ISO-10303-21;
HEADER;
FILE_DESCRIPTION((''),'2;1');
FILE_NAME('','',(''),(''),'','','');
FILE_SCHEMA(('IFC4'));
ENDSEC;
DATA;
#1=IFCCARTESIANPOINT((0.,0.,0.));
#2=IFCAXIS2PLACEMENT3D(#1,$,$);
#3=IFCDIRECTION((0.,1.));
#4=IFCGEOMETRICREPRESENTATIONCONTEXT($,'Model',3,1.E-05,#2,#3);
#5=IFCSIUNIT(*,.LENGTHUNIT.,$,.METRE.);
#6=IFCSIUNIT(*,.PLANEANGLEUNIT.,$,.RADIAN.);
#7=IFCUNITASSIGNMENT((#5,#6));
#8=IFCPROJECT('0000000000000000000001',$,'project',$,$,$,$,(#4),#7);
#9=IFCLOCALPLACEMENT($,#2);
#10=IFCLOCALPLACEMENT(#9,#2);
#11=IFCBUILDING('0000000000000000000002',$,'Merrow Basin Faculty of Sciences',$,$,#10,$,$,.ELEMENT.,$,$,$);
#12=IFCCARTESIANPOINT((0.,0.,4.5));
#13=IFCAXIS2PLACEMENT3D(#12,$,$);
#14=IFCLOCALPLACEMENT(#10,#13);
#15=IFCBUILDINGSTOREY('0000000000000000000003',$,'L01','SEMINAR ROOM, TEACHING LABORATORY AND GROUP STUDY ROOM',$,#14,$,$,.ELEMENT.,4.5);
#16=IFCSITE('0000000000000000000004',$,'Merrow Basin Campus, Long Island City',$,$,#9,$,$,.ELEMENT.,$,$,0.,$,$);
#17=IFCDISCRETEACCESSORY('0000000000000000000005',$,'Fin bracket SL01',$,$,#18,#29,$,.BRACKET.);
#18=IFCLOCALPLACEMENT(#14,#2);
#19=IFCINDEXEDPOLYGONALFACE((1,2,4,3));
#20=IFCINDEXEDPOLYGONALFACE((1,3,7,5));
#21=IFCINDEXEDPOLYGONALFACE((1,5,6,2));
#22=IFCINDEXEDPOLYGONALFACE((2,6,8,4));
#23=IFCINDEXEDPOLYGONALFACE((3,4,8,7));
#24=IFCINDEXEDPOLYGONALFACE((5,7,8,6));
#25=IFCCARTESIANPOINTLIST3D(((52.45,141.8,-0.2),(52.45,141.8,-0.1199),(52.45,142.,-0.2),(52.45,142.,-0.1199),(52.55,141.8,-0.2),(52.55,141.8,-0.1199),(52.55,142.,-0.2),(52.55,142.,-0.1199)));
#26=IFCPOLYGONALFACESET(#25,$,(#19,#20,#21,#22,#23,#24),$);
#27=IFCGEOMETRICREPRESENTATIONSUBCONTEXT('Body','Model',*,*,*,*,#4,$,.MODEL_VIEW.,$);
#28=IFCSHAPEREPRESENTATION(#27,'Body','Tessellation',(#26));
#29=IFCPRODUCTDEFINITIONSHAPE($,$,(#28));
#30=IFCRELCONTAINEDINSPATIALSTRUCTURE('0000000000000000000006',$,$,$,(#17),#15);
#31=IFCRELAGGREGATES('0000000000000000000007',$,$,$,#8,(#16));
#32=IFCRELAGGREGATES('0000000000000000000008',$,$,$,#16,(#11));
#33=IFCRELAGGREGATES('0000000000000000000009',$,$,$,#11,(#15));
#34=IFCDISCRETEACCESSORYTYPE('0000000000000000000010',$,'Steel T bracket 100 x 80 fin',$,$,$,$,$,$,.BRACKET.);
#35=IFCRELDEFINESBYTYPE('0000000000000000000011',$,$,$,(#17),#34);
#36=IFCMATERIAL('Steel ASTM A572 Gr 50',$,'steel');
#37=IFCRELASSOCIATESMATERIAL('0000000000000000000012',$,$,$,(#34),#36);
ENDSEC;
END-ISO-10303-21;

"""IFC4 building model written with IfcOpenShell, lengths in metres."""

from ifc_helpers import new_model, si_unit, direction, frame, origin, place, context, subcontext, project, spatial, polyline, outline, extrude, source, transform, mapped, material, type_object, element, save


model = new_model("IFC4")

# Units and contexts
model_context = context("Model", 3, precision=1e-05, world=origin(), true_north=direction((0.0, 1.0)))
body_context = subcontext(model_context, "Body", "Model", "MODEL_VIEW")
ifc_project = project(units=[si_unit("LENGTHUNIT", "METRE"), si_unit("PLANEANGLEUNIT", "RADIAN")], contexts=[model_context])

# Site, building, storey
site_placement = place(None, origin())
site = spatial("IfcSite", under=ifc_project, at=site_placement, Name="Merrow Basin Campus, Long Island City", CompositionType="ELEMENT", RefElevation=0.0)
building_placement = place(site_placement, origin())
building = spatial("IfcBuilding", under=site, at=building_placement, Name="Merrow Basin Faculty of Sciences", CompositionType="ELEMENT")
storey_placement = place(building_placement, frame((0.0, 0.0, 4.5)))
storey = spatial("IfcBuildingStorey", under=building, at=storey_placement, Name="L01", Description="SEMINAR ROOM, TEACHING LABORATORY AND GROUP STUDY ROOM", CompositionType="ELEMENT", Elevation=4.5)

# Discrete accessory
ifc_material_1 = material(Name="Steel ASTM A572 Gr 50", Category="steel")
discrete_accessory_type = type_object("IfcDiscreteAccessoryType", Name="Steel T bracket 100 x 80 fin", PredefinedType="BRACKET", material=ifc_material_1)
shared_shape = source(origin(), body_context, "Body", "SweptSolid", [
    extrude(outline(polyline([(0.0, 0.0), (0.1001, 0.0), (0.1001, 0.0801), (0.0, 0.0801), (0.0, 0.0)])), origin(), (0.0, 0.0, 1.0), 0.2),
])
for number, where, z_axis, x_axis, name in (
    (1, (52.45, 142.0, -0.2), (0.0, -1.0, 0.0), (1.0, 0.0, 0.0), "Fin bracket SL01"),
):
    element("IfcDiscreteAccessory", number, at=place(storey_placement, frame(where, z_axis=z_axis, x_axis=x_axis)), inside=storey, type_object=discrete_accessory_type, Name=name, PredefinedType="BRACKET", context=body_context, shape_type="MappedRepresentation", body=[
        mapped(shared_shape, transform((0.0, 0.0, 0.0), scale=1.0)),
    ])

save(model, "model.ifc")
